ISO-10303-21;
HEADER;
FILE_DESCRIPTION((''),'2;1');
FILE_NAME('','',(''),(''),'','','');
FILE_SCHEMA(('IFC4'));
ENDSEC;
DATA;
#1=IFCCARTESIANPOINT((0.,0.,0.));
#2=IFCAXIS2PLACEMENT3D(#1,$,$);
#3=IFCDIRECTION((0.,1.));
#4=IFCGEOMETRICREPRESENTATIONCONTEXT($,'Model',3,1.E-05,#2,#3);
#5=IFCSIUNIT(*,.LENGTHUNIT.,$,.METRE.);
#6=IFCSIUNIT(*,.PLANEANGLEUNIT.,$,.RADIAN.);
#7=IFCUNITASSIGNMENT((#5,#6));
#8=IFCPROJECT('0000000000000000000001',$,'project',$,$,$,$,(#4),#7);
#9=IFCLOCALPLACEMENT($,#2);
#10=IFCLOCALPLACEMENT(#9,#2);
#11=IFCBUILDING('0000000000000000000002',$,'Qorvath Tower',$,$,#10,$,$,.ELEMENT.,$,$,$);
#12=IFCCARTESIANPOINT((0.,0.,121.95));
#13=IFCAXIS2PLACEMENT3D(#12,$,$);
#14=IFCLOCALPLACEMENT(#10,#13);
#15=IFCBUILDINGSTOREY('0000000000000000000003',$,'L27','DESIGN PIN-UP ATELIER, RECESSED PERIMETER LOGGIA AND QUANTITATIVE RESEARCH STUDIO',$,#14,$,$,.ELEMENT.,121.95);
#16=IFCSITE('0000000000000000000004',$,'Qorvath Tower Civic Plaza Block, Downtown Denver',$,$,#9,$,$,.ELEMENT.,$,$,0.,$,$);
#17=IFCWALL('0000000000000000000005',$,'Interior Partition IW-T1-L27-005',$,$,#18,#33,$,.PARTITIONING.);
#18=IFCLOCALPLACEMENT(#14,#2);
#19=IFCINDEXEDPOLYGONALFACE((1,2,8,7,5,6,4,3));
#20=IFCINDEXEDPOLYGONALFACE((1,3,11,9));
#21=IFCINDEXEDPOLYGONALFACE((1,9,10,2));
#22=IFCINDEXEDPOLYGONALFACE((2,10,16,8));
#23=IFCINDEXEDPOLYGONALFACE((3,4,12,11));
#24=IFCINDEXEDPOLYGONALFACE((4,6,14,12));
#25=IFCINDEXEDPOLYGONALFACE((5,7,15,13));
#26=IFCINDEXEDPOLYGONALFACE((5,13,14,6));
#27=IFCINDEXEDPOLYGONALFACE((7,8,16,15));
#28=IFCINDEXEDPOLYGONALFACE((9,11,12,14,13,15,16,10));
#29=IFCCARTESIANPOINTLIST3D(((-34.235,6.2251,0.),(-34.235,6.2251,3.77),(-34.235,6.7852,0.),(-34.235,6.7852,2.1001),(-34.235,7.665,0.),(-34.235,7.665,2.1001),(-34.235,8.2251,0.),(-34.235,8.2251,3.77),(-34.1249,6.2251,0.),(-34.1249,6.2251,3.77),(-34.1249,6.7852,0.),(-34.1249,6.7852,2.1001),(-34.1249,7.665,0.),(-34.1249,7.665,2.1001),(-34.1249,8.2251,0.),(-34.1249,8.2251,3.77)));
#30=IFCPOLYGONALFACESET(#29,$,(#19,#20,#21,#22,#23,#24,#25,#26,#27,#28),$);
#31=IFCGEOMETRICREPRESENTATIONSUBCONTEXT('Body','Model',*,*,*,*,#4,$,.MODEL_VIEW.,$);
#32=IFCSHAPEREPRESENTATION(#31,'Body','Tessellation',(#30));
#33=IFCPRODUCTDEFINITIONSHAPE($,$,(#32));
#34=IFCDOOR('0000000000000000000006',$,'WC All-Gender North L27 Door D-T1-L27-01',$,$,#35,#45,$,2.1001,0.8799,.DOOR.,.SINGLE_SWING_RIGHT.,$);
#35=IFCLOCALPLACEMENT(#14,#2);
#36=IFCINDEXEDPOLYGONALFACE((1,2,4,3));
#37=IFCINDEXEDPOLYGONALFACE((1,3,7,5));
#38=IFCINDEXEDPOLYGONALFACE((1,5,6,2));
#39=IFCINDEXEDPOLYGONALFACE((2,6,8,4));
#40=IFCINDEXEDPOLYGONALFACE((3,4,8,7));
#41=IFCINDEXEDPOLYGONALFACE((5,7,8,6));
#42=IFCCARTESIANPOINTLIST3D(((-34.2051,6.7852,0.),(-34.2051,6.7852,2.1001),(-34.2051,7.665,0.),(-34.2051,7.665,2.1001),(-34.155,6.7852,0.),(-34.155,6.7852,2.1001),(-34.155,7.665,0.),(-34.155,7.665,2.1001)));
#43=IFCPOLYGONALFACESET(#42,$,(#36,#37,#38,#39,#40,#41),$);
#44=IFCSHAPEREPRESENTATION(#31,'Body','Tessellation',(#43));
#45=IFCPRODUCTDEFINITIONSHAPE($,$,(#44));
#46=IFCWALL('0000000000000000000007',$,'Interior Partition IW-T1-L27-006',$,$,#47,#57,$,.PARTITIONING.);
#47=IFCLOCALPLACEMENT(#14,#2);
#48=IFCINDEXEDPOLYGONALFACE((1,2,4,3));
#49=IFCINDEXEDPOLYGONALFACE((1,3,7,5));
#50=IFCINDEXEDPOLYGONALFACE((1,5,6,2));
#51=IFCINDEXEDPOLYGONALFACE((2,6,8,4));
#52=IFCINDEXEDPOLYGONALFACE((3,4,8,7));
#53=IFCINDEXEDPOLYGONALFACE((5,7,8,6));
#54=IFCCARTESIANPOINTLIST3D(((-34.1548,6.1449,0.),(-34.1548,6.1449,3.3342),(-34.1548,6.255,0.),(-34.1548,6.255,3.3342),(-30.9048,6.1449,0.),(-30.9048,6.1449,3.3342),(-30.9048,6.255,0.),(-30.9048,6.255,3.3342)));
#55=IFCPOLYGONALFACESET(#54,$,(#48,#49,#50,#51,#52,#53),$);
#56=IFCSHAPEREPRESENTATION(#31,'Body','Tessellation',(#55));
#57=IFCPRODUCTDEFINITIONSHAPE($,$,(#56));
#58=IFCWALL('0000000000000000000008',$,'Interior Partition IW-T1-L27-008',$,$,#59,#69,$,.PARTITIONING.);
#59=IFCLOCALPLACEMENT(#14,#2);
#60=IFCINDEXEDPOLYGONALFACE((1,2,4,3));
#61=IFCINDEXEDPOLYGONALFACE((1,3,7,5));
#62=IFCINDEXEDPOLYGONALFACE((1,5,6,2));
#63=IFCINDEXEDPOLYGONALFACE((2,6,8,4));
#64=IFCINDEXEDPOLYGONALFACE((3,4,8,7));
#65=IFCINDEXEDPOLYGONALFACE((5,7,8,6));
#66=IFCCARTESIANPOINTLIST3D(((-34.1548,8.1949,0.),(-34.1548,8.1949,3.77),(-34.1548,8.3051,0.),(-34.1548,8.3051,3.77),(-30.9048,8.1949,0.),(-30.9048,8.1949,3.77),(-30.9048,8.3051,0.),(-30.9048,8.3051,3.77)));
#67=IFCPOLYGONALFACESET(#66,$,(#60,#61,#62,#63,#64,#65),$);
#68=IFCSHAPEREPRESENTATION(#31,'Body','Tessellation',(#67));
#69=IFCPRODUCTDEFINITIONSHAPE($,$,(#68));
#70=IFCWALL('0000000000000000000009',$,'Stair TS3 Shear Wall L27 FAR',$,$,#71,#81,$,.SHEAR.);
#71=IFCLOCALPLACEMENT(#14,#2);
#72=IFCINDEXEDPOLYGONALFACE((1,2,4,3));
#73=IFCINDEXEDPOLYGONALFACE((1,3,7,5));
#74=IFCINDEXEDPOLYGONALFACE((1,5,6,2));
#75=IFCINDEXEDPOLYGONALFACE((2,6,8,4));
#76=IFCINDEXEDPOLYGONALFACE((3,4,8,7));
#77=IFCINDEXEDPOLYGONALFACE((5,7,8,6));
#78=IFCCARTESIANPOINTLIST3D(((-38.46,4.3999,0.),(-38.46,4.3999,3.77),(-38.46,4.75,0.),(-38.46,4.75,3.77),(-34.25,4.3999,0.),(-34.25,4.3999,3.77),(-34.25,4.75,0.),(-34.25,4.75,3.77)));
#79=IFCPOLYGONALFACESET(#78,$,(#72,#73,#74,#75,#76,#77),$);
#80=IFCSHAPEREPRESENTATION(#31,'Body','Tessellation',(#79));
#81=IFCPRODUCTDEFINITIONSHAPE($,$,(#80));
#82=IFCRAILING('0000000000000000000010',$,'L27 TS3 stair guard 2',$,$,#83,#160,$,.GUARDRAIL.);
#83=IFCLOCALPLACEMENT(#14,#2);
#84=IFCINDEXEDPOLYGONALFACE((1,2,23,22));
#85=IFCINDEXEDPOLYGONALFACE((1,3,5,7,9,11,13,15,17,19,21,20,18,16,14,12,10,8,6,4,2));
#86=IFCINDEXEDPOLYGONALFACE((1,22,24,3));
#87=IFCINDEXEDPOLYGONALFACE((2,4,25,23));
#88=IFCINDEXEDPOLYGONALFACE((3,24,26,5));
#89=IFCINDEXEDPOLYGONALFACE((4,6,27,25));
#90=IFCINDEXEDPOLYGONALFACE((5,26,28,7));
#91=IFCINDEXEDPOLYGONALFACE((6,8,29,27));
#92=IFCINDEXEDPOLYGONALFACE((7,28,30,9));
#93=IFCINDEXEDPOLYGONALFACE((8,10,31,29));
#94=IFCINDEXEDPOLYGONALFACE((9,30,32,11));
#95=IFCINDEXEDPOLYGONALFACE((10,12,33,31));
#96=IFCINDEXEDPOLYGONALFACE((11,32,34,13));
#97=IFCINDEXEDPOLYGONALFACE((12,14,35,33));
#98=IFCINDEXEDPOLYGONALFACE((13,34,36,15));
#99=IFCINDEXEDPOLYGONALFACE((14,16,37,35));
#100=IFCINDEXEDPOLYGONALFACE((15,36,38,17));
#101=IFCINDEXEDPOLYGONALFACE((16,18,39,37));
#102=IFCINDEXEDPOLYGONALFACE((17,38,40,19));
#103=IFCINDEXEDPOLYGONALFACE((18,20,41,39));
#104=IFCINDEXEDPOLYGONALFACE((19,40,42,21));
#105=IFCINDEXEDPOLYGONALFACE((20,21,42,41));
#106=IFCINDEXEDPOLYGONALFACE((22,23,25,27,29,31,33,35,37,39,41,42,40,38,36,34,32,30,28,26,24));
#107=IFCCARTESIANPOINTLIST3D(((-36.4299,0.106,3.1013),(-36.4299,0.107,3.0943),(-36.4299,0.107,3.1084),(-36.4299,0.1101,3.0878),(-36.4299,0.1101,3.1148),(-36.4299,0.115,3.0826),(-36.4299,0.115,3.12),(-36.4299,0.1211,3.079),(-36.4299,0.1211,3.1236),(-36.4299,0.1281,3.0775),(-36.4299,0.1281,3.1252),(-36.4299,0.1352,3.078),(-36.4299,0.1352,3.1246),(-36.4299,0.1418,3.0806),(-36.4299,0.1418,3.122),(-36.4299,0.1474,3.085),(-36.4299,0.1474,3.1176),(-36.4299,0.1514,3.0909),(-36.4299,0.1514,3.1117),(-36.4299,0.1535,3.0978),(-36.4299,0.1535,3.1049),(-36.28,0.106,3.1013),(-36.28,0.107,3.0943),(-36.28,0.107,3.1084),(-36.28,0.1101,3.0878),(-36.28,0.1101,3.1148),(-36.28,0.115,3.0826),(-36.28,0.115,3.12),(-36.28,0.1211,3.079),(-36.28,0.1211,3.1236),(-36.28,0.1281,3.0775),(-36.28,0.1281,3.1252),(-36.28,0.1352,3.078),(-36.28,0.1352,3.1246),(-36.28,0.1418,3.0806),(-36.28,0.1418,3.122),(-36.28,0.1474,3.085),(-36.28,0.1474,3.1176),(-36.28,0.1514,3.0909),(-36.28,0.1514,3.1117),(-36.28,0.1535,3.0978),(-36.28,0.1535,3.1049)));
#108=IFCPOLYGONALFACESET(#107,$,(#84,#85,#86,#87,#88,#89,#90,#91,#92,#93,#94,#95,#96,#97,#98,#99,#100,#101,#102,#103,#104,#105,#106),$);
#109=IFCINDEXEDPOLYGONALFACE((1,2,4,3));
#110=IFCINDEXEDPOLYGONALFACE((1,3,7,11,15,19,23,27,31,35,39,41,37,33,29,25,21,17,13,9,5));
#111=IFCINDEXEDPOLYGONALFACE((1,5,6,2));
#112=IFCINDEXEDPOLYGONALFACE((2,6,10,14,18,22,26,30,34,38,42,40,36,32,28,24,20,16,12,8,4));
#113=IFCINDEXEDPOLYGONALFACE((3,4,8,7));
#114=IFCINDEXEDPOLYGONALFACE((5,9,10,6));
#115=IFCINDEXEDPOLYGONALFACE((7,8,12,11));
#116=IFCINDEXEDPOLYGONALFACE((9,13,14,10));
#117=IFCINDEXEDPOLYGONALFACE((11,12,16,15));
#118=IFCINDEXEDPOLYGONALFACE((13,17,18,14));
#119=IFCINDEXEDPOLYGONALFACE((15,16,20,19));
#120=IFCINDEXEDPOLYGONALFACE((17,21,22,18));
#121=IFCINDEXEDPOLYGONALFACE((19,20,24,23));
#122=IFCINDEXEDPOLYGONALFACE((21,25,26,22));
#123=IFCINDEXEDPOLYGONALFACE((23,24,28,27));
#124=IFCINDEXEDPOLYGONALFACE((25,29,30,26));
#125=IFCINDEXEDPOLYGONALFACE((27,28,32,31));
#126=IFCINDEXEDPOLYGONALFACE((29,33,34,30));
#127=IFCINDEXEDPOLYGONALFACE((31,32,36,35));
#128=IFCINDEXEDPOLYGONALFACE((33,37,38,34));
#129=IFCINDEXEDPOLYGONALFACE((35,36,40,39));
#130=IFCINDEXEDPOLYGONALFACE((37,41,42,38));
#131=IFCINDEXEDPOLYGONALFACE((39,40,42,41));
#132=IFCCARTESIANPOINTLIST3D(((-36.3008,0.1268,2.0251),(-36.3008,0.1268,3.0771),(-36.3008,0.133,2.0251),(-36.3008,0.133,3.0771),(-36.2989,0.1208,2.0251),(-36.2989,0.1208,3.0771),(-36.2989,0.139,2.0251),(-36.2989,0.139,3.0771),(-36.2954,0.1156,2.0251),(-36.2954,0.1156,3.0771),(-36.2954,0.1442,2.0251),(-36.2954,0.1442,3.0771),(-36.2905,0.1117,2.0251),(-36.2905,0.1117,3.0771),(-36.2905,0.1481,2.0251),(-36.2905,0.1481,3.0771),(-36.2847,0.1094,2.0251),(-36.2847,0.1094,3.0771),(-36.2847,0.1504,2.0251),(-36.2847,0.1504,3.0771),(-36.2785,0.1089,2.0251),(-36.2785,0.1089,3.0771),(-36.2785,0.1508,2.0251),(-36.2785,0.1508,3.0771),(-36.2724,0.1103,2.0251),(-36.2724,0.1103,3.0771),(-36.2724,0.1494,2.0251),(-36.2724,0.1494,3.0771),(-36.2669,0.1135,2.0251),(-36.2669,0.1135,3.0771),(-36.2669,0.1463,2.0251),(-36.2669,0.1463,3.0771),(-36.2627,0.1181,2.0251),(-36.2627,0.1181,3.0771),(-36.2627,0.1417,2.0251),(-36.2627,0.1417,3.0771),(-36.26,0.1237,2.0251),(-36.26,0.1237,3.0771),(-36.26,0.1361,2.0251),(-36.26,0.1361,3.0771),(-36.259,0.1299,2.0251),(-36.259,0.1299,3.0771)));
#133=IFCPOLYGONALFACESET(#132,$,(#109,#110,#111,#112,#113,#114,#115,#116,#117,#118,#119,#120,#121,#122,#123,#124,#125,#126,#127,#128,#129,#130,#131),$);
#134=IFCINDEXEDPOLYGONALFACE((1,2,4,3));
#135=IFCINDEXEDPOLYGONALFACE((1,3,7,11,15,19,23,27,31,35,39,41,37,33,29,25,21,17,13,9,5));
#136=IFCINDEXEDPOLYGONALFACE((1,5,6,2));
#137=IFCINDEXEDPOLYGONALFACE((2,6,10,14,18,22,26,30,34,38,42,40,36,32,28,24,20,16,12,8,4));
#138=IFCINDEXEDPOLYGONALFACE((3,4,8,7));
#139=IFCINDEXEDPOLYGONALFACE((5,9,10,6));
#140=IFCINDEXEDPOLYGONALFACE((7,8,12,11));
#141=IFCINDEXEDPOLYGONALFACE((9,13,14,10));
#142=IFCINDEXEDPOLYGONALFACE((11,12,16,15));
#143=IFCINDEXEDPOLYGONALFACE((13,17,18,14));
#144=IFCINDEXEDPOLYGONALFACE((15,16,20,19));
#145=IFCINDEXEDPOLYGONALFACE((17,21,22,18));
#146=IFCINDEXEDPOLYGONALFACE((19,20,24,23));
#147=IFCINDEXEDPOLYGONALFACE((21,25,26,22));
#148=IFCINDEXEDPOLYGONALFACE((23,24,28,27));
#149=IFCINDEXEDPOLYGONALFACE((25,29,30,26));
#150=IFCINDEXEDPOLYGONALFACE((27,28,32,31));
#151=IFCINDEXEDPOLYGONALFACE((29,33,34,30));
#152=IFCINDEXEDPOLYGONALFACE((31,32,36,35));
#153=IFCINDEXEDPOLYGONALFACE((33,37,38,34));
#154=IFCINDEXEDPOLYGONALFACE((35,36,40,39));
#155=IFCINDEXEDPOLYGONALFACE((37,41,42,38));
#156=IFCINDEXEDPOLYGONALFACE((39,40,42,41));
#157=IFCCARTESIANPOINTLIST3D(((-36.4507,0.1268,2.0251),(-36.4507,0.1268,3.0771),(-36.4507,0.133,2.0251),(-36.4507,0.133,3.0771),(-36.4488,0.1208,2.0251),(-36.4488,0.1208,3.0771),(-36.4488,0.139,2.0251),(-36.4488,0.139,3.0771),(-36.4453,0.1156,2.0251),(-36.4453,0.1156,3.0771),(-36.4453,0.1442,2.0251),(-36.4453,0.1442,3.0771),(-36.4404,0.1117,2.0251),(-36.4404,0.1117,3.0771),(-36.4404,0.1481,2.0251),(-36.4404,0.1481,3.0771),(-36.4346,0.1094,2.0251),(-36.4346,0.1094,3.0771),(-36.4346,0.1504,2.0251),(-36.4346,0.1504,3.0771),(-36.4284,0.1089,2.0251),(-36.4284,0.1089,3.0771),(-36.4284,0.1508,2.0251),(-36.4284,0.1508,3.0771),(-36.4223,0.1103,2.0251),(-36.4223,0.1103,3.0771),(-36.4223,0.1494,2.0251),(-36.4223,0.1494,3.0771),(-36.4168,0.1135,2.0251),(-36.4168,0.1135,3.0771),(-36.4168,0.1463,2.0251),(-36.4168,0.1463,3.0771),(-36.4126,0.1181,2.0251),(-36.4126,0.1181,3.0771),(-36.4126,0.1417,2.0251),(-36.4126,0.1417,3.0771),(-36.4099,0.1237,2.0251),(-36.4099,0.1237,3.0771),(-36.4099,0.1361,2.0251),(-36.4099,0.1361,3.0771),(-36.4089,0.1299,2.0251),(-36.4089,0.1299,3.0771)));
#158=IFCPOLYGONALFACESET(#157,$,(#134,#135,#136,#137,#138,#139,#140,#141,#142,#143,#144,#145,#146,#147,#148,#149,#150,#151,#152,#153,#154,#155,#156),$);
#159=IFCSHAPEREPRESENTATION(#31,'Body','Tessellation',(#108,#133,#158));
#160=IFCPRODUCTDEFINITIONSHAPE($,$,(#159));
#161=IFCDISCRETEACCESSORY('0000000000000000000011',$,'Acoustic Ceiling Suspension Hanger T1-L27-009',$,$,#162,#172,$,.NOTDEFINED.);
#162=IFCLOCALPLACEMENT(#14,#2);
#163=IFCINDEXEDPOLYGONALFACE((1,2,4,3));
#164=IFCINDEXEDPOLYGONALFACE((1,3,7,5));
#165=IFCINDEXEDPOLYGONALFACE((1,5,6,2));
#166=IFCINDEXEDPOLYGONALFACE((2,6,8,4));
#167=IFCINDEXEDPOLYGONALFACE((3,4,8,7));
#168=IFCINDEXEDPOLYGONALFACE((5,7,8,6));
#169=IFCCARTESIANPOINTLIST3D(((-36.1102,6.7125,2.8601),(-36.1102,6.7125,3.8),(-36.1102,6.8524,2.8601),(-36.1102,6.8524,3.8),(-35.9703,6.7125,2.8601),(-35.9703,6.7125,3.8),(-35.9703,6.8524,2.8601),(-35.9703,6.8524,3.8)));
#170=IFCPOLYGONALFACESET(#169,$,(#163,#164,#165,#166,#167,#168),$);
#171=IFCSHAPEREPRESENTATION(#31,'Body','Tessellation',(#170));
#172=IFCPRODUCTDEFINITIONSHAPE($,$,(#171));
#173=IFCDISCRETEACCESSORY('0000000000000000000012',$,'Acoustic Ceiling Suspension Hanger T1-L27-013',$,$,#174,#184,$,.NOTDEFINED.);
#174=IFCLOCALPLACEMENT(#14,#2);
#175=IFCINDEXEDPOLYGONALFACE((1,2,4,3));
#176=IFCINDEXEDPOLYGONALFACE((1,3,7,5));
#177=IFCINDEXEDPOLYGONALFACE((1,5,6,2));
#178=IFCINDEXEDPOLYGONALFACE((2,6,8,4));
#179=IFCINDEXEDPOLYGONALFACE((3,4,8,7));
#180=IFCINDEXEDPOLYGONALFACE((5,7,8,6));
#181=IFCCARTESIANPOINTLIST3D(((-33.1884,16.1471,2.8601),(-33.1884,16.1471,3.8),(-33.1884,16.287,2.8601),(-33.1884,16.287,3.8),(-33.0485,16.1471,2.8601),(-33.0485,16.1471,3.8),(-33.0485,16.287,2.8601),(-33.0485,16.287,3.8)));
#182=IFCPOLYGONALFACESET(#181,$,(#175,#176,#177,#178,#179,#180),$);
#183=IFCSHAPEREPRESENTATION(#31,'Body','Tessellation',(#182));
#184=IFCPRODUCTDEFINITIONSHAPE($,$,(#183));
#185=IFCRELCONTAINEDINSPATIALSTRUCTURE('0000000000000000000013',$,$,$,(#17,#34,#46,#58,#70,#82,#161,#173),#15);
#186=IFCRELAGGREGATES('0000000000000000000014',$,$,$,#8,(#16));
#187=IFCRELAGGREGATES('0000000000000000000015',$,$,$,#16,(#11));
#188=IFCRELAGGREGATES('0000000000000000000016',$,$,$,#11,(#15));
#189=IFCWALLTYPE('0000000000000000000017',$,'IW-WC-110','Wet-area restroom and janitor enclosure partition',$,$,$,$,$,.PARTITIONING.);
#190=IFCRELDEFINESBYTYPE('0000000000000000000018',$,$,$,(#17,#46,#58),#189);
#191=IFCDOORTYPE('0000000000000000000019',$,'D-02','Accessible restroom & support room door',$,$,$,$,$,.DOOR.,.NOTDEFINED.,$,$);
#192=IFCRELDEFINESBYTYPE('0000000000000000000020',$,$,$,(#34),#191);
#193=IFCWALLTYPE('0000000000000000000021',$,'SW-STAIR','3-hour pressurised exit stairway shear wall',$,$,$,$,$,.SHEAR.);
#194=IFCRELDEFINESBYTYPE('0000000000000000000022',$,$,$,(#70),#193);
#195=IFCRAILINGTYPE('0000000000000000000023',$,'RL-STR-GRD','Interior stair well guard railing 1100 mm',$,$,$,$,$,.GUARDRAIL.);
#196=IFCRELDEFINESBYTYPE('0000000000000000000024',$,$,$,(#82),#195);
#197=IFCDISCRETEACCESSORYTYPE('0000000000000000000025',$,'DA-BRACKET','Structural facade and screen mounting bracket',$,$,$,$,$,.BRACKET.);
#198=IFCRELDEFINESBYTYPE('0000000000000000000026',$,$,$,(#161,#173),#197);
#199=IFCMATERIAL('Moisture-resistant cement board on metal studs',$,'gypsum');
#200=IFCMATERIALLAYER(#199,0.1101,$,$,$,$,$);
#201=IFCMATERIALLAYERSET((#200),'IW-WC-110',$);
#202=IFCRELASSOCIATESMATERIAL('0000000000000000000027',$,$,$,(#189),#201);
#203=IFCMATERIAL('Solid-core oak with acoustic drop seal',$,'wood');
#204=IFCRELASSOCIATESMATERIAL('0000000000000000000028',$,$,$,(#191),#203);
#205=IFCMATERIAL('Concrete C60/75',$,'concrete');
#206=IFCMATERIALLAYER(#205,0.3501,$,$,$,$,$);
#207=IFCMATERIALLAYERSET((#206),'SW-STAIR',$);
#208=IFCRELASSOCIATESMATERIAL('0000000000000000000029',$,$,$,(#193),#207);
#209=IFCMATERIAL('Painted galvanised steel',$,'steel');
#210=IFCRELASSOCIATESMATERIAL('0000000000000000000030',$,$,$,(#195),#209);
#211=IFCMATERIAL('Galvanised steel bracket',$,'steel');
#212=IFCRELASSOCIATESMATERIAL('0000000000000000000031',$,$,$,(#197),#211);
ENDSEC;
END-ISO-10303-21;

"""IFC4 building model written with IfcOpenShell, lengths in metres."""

from ifc_helpers import new_model, si_unit, direction, frame, frame_2d, origin, origin_2d, place, context, subcontext, project, spatial, rectangle, circle, extrude, material, layer, layer_set, type_object, element, fill, save


model = new_model("IFC4")

# Units and contexts
model_context = context("Model", 3, precision=1e-05, world=origin(), true_north=direction((0.0, 1.0)))
body_context = subcontext(model_context, "Body", "Model", "MODEL_VIEW")
ifc_project = project(units=[si_unit("LENGTHUNIT", "METRE"), si_unit("PLANEANGLEUNIT", "RADIAN")], contexts=[model_context])

# Site, building, storey
site_placement = place(None, origin())
site = spatial("IfcSite", under=ifc_project, at=site_placement, Name="Qorvath Tower Civic Plaza Block, Downtown Denver", CompositionType="ELEMENT", RefElevation=0.0)
building_placement = place(site_placement, origin())
building = spatial("IfcBuilding", under=site, at=building_placement, Name="Qorvath Tower", CompositionType="ELEMENT")
storey_placement = place(building_placement, frame((0.0, 0.0, 121.95)))
storey = spatial("IfcBuildingStorey", under=building, at=storey_placement, Name="L27", Description="DESIGN PIN-UP ATELIER, RECESSED PERIMETER LOGGIA AND QUANTITATIVE RESEARCH STUDIO", CompositionType="ELEMENT", Elevation=121.95)

# Wall, opening, door
ifc_material_1 = material(Name="Moisture-resistant cement board on metal studs", Category="gypsum")
ifc_layer_1 = layer(ifc_material_1, 0.1101)
ifc_layer_set_1 = layer_set([ifc_layer_1], Name="IW-WC-110")
wall_type_1 = type_object("IfcWallType", Name="IW-WC-110", Description="Wet-area restroom and janitor enclosure partition", PredefinedType="PARTITIONING", material=ifc_layer_set_1)
wall_1_placement = place(storey_placement, frame((-34.1799, 8.2251, 0.0), z_axis=(0.0, 0.0, 1.0), x_axis=(0.0, -1.0, 0.0)))
wall_1 = element("IfcWall", 1, at=wall_1_placement, inside=storey, type_object=wall_type_1, Name="Interior Partition IW-T1-L27-005", PredefinedType="PARTITIONING", context=body_context, shape_type="SweptSolid", body=[
    extrude(rectangle(XDim=2.0, YDim=0.1101, at=frame_2d((1.0, 0.0))), origin(), (0.0, 0.0, 1.0), 3.77),
])
opening_1_placement = place(wall_1_placement, frame((0.5601, 0.0, 0.0)))
opening_1 = element("IfcOpeningElement", 2, at=opening_1_placement, cuts=wall_1, PredefinedType="OPENING", context=body_context, shape_type="SweptSolid", body=[
    extrude(rectangle(XDim=0.8799, YDim=2.1001, at=frame_2d((0.4399, 1.05))), frame((0.0, 0.0649, 0.0), z_axis=(0.0, -1.0, 0.0), x_axis=(1.0, 0.0, 0.0)), (0.0, 0.0, 1.0), 0.1301),
])
ifc_material_2 = material(Name="Solid-core oak with acoustic drop seal", Category="wood")
door_type_1 = type_object("IfcDoorType", Name="D-02", Description="Accessible restroom & support room door", OperationType="NOTDEFINED", PredefinedType="DOOR", material=ifc_material_2)
door_1_placement = place(opening_1_placement, origin())
door_1 = element("IfcDoor", 3, at=door_1_placement, inside=storey, type_object=door_type_1, Name="WC All-Gender North L27 Door D-T1-L27-01", OperationType="SINGLE_SWING_RIGHT", OverallHeight=2.1001, OverallWidth=0.8799, PredefinedType="DOOR", context=body_context, shape_type="SweptSolid", body=[
    extrude(rectangle(XDim=0.8799, YDim=2.1001, at=frame_2d((0.4399, 1.05))), frame((0.0, 0.0249, 0.0), z_axis=(0.0, -1.0, 0.0), x_axis=(1.0, 0.0, 0.0)), (0.0, 0.0, 1.0), 0.05),
])
fill(opening_1, door_1)

# Walls
wall_2_placement = place(storey_placement, frame((-34.1548, 6.2, 0.0), z_axis=(0.0, 0.0, 1.0), x_axis=(1.0, 0.0, 0.0)))
element("IfcWall", 4, at=wall_2_placement, inside=storey, type_object=wall_type_1, Name="Interior Partition IW-T1-L27-006", PredefinedType="PARTITIONING", context=body_context, shape_type="SweptSolid", body=[
    extrude(rectangle(XDim=3.25, YDim=0.1101, at=frame_2d((1.625, 0.0))), origin(), (0.0, 0.0, 1.0), 3.3342),
])
wall_3_placement = place(storey_placement, frame((-30.9048, 8.25, 0.0), z_axis=(0.0, 0.0, 1.0), x_axis=(-1.0, 0.0, 0.0)))
element("IfcWall", 5, at=wall_3_placement, inside=storey, type_object=wall_type_1, Name="Interior Partition IW-T1-L27-008", PredefinedType="PARTITIONING", context=body_context, shape_type="SweptSolid", body=[
    extrude(rectangle(XDim=3.25, YDim=0.1101, at=frame_2d((1.625, 0.0))), origin(), (0.0, 0.0, 1.0), 3.77),
])
ifc_material_3 = material(Name="Concrete C60/75", Category="concrete")
ifc_layer_2 = layer(ifc_material_3, 0.3501)
ifc_layer_set_2 = layer_set([ifc_layer_2], Name="SW-STAIR")
wall_type_2 = type_object("IfcWallType", Name="SW-STAIR", Description="3-hour pressurised exit stairway shear wall", PredefinedType="SHEAR", material=ifc_layer_set_2)
wall_4_placement = place(storey_placement, frame((-34.25, 4.575, 0.0), z_axis=(0.0, 0.0, 1.0), x_axis=(-1.0, 0.0, 0.0)))
element("IfcWall", 6, at=wall_4_placement, inside=storey, type_object=wall_type_2, Name="Stair TS3 Shear Wall L27 FAR", PredefinedType="SHEAR", context=body_context, shape_type="SweptSolid", body=[
    extrude(rectangle(XDim=4.21, YDim=0.3501, at=frame_2d((2.105, 0.0))), origin(), (0.0, 0.0, 1.0), 3.77),
])

# Railing
ifc_material_4 = material(Name="Painted galvanised steel", Category="steel")
railing_type = type_object("IfcRailingType", Name="RL-STR-GRD", Description="Interior stair well guard railing 1100 mm", PredefinedType="GUARDRAIL", material=ifc_material_4)
railing_placement = place(storey_placement, frame((-36.28, 0.1299, 2.0251)))
element("IfcRailing", 7, at=railing_placement, inside=storey, type_object=railing_type, Name="L27 TS3 stair guard 2", PredefinedType="GUARDRAIL", context=body_context, shape_type="SweptSolid", body=[
    extrude(circle(Radius=0.0239, at=origin_2d()), frame((0.0, 0.0, 1.0762), z_axis=(-1.0, 0.0, 0.0), x_axis=(0.0, -1.0, 0.0)), (0.0, 0.0, 1.0), 0.1499),
    extrude(circle(Radius=0.021, at=origin_2d()), origin(), (0.0, 0.0, 1.0), 1.052),
    extrude(circle(Radius=0.021, at=origin_2d()), frame((-0.1499, 0.0, 0.0)), (0.0, 0.0, 1.0), 1.052),
])

# Discrete accessories
ifc_material_5 = material(Name="Galvanised steel bracket", Category="steel")
discrete_accessory_type = type_object("IfcDiscreteAccessoryType", Name="DA-BRACKET", Description="Structural facade and screen mounting bracket", PredefinedType="BRACKET", material=ifc_material_5)
for number, where, z_axis, x_axis, name in (
    (8, (-36.0403, 6.7825, 2.8601), (0.0, 0.0, 1.0), (1.0, 0.0, 0.0), "Acoustic Ceiling Suspension Hanger T1-L27-009"),
    (9, (-33.1184, 16.217, 2.8601), (0.0, 0.0, 1.0), (1.0, 0.0, 0.0), "Acoustic Ceiling Suspension Hanger T1-L27-013"),
):
    element("IfcDiscreteAccessory", number, at=place(storey_placement, frame(where, z_axis=z_axis, x_axis=x_axis)), inside=storey, type_object=discrete_accessory_type, Name=name, PredefinedType="NOTDEFINED", context=body_context, shape_type="SweptSolid", body=[
        extrude(rectangle(XDim=0.1399, YDim=0.1399, at=origin_2d()), origin(), (0.0, 0.0, 1.0), 0.9399),
    ])

save(model, "model.ifc")
